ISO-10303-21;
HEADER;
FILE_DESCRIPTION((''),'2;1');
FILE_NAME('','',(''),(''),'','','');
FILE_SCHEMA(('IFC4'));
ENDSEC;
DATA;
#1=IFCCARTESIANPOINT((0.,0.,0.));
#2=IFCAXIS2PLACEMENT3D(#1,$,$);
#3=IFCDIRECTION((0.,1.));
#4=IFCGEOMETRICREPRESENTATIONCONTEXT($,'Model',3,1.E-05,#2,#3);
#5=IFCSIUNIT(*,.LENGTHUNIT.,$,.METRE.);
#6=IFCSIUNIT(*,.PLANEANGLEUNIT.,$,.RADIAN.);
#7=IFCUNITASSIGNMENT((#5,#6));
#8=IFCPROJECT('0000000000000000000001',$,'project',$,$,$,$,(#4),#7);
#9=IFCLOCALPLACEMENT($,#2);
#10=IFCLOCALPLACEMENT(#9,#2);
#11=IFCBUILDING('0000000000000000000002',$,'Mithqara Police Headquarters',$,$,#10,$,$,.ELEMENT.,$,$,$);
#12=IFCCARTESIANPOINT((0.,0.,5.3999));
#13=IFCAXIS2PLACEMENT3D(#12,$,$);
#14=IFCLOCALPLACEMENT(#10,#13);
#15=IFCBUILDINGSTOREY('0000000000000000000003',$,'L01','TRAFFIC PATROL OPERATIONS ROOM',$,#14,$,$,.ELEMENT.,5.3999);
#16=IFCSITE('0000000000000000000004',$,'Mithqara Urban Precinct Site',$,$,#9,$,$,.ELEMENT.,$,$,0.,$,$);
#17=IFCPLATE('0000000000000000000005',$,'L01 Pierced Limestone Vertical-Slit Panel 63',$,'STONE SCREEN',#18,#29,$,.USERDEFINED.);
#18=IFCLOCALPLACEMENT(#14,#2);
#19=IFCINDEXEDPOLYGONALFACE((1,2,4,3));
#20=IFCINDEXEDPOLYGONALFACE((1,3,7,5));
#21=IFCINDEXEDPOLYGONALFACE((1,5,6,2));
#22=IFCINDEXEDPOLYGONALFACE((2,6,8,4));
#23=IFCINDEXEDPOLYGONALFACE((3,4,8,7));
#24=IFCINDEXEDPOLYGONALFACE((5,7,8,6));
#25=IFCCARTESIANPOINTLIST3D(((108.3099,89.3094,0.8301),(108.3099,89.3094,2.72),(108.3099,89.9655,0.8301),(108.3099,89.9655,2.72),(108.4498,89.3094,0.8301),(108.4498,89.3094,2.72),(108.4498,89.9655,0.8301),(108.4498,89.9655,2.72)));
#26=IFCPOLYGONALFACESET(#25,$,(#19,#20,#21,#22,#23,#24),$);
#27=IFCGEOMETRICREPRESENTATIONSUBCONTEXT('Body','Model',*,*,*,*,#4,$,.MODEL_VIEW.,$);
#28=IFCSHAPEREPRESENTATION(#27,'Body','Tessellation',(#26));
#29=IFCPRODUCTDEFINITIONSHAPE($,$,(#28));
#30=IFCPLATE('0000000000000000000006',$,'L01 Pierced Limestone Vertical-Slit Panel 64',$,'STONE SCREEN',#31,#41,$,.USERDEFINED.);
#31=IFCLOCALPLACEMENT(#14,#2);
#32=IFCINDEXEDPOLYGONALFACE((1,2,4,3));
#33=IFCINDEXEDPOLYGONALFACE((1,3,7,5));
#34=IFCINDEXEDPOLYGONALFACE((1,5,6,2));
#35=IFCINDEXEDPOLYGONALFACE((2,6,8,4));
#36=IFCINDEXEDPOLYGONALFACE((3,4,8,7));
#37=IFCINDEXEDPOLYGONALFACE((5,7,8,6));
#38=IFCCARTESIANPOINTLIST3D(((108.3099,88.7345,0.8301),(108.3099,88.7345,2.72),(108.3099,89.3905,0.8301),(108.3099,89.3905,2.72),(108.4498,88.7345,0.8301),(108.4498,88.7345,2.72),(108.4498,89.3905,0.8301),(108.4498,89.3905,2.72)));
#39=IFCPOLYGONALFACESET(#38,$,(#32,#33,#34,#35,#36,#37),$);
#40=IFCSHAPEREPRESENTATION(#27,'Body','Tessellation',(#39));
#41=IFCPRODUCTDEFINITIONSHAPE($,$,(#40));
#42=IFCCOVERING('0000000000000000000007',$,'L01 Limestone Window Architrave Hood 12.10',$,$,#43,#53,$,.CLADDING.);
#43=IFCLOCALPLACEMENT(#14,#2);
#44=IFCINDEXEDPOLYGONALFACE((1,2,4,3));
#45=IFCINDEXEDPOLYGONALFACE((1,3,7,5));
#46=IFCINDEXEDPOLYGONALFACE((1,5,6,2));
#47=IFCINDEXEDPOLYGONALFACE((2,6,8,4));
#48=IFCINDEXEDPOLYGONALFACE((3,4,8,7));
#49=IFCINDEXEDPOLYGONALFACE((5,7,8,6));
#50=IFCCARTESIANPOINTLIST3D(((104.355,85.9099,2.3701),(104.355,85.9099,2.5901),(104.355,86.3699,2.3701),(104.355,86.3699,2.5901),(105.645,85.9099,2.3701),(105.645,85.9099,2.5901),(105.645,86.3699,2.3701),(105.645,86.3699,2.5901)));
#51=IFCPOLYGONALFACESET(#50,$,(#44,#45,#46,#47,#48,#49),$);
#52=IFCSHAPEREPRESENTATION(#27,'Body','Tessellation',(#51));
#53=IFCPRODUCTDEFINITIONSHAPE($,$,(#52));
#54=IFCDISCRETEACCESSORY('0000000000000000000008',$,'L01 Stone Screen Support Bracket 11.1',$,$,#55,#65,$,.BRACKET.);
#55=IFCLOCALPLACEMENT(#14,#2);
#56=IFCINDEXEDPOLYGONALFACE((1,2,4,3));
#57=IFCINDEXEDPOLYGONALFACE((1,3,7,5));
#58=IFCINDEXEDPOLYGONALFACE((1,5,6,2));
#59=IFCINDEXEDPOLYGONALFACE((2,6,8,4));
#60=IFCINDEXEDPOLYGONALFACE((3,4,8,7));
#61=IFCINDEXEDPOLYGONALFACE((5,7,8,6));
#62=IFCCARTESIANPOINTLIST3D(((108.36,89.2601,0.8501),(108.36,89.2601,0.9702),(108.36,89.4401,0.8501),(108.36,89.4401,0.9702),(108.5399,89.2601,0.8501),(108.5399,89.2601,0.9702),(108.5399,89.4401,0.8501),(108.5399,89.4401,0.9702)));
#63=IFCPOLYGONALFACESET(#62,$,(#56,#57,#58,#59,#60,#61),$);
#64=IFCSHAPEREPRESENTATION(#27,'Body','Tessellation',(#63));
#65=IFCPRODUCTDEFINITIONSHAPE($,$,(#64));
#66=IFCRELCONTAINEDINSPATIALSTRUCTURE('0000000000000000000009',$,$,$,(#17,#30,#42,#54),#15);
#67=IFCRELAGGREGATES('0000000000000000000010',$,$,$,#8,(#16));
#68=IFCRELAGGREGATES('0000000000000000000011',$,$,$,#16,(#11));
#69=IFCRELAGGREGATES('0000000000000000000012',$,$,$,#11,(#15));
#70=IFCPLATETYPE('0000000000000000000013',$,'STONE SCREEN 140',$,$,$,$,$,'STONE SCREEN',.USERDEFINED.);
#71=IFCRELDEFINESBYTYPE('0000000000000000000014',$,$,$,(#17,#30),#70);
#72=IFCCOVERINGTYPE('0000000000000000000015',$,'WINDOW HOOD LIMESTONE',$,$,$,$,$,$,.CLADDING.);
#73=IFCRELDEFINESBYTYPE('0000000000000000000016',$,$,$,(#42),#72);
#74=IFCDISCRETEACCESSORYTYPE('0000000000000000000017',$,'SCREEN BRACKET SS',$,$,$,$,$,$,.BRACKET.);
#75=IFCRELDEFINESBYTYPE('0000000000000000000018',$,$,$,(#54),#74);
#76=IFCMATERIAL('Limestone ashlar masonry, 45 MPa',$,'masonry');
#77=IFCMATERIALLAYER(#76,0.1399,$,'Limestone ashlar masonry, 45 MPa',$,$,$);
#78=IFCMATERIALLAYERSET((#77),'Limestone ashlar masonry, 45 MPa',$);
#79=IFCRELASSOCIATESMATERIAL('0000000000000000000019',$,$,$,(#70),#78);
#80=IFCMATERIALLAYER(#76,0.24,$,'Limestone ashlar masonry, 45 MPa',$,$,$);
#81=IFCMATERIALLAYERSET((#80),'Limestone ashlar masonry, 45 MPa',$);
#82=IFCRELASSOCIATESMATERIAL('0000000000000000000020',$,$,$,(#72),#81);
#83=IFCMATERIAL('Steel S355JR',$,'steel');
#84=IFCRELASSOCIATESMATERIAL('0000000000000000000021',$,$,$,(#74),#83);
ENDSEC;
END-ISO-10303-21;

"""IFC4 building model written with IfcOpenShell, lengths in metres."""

from ifc_helpers import new_model, si_unit, direction, frame, origin, origin_2d, place, context, subcontext, project, spatial, rectangle, extrude, material, layer, layer_set, type_object, element, save


model = new_model("IFC4")

# Units and contexts
model_context = context("Model", 3, precision=1e-05, world=origin(), true_north=direction((0.0, 1.0)))
body_context = subcontext(model_context, "Body", "Model", "MODEL_VIEW")
ifc_project = project(units=[si_unit("LENGTHUNIT", "METRE"), si_unit("PLANEANGLEUNIT", "RADIAN")], contexts=[model_context])

# Site, building, storey
site_placement = place(None, origin())
site = spatial("IfcSite", under=ifc_project, at=site_placement, Name="Mithqara Urban Precinct Site", CompositionType="ELEMENT", RefElevation=0.0)
building_placement = place(site_placement, origin())
building = spatial("IfcBuilding", under=site, at=building_placement, Name="Mithqara Police Headquarters", CompositionType="ELEMENT")
storey_placement = place(building_placement, frame((0.0, 0.0, 5.3999)))
storey = spatial("IfcBuildingStorey", under=building, at=storey_placement, Name="L01", Description="TRAFFIC PATROL OPERATIONS ROOM", CompositionType="ELEMENT", Elevation=5.3999)

# Shared definitions
ifc_material_1 = material(Name="Steel S355JR", Category="steel")

# Plates
ifc_material_2 = material(Name="Limestone ashlar masonry, 45 MPa", Category="masonry")
ifc_layer_1 = layer(ifc_material_2, 0.1399, Name="Limestone ashlar masonry, 45 MPa")
ifc_layer_set_1 = layer_set([ifc_layer_1], Name="Limestone ashlar masonry, 45 MPa")
plate_type = type_object("IfcPlateType", Name="STONE SCREEN 140", ElementType="STONE SCREEN", PredefinedType="USERDEFINED", material=ifc_layer_set_1)
for number, where, z_axis, x_axis, name in (
    (1, (108.3799, 89.6375, 0.8301), (0.0, 0.0, 1.0), (0.0, 1.0, 0.0), "L01 Pierced Limestone Vertical-Slit Panel 63"),
    (2, (108.3799, 89.0625, 0.8301), (0.0, 0.0, 1.0), (0.0, 1.0, 0.0), "L01 Pierced Limestone Vertical-Slit Panel 64"),
):
    element("IfcPlate", number, at=place(storey_placement, frame(where, z_axis=z_axis, x_axis=x_axis)), inside=storey, type_object=plate_type, Name=name, ObjectType="STONE SCREEN", PredefinedType="USERDEFINED", context=body_context, shape_type="SweptSolid", body=[
        extrude(rectangle(XDim=0.656, YDim=0.1399, at=origin_2d()), origin(), (0.0, 0.0, 1.0), 1.8899),
    ])

# Covering
ifc_layer_2 = layer(ifc_material_2, 0.24, Name="Limestone ashlar masonry, 45 MPa")
ifc_layer_set_2 = layer_set([ifc_layer_2], Name="Limestone ashlar masonry, 45 MPa")
covering_type = type_object("IfcCoveringType", Name="WINDOW HOOD LIMESTONE", PredefinedType="CLADDING", material=ifc_layer_set_2)
covering_placement = place(storey_placement, frame((105.0, 86.1399, 2.3701), z_axis=(0.0, 0.0, 1.0), x_axis=(1.0, 0.0, 0.0)))
element("IfcCovering", 3, at=covering_placement, inside=storey, type_object=covering_type, Name="L01 Limestone Window Architrave Hood 12.10", PredefinedType="CLADDING", context=body_context, shape_type="SweptSolid", body=[
    extrude(rectangle(XDim=1.29, YDim=0.46, at=origin_2d()), origin(), (0.0, 0.0, 1.0), 0.22),
])

# Discrete accessory
discrete_accessory_type = type_object("IfcDiscreteAccessoryType", Name="SCREEN BRACKET SS", PredefinedType="BRACKET", material=ifc_material_1)
discrete_accessory_placement = place(storey_placement, frame((108.45, 89.3501, 0.8501), z_axis=(0.0, 0.0, 1.0), x_axis=(0.0, 1.0, 0.0)))
element("IfcDiscreteAccessory", 4, at=discrete_accessory_placement, inside=storey, type_object=discrete_accessory_type, Name="L01 Stone Screen Support Bracket 11.1", PredefinedType="BRACKET", context=body_context, shape_type="SweptSolid", body=[
    extrude(rectangle(XDim=0.1799, YDim=0.1799, at=origin_2d()), origin(), (0.0, 0.0, 1.0), 0.1201),
])

save(model, "model.ifc")
